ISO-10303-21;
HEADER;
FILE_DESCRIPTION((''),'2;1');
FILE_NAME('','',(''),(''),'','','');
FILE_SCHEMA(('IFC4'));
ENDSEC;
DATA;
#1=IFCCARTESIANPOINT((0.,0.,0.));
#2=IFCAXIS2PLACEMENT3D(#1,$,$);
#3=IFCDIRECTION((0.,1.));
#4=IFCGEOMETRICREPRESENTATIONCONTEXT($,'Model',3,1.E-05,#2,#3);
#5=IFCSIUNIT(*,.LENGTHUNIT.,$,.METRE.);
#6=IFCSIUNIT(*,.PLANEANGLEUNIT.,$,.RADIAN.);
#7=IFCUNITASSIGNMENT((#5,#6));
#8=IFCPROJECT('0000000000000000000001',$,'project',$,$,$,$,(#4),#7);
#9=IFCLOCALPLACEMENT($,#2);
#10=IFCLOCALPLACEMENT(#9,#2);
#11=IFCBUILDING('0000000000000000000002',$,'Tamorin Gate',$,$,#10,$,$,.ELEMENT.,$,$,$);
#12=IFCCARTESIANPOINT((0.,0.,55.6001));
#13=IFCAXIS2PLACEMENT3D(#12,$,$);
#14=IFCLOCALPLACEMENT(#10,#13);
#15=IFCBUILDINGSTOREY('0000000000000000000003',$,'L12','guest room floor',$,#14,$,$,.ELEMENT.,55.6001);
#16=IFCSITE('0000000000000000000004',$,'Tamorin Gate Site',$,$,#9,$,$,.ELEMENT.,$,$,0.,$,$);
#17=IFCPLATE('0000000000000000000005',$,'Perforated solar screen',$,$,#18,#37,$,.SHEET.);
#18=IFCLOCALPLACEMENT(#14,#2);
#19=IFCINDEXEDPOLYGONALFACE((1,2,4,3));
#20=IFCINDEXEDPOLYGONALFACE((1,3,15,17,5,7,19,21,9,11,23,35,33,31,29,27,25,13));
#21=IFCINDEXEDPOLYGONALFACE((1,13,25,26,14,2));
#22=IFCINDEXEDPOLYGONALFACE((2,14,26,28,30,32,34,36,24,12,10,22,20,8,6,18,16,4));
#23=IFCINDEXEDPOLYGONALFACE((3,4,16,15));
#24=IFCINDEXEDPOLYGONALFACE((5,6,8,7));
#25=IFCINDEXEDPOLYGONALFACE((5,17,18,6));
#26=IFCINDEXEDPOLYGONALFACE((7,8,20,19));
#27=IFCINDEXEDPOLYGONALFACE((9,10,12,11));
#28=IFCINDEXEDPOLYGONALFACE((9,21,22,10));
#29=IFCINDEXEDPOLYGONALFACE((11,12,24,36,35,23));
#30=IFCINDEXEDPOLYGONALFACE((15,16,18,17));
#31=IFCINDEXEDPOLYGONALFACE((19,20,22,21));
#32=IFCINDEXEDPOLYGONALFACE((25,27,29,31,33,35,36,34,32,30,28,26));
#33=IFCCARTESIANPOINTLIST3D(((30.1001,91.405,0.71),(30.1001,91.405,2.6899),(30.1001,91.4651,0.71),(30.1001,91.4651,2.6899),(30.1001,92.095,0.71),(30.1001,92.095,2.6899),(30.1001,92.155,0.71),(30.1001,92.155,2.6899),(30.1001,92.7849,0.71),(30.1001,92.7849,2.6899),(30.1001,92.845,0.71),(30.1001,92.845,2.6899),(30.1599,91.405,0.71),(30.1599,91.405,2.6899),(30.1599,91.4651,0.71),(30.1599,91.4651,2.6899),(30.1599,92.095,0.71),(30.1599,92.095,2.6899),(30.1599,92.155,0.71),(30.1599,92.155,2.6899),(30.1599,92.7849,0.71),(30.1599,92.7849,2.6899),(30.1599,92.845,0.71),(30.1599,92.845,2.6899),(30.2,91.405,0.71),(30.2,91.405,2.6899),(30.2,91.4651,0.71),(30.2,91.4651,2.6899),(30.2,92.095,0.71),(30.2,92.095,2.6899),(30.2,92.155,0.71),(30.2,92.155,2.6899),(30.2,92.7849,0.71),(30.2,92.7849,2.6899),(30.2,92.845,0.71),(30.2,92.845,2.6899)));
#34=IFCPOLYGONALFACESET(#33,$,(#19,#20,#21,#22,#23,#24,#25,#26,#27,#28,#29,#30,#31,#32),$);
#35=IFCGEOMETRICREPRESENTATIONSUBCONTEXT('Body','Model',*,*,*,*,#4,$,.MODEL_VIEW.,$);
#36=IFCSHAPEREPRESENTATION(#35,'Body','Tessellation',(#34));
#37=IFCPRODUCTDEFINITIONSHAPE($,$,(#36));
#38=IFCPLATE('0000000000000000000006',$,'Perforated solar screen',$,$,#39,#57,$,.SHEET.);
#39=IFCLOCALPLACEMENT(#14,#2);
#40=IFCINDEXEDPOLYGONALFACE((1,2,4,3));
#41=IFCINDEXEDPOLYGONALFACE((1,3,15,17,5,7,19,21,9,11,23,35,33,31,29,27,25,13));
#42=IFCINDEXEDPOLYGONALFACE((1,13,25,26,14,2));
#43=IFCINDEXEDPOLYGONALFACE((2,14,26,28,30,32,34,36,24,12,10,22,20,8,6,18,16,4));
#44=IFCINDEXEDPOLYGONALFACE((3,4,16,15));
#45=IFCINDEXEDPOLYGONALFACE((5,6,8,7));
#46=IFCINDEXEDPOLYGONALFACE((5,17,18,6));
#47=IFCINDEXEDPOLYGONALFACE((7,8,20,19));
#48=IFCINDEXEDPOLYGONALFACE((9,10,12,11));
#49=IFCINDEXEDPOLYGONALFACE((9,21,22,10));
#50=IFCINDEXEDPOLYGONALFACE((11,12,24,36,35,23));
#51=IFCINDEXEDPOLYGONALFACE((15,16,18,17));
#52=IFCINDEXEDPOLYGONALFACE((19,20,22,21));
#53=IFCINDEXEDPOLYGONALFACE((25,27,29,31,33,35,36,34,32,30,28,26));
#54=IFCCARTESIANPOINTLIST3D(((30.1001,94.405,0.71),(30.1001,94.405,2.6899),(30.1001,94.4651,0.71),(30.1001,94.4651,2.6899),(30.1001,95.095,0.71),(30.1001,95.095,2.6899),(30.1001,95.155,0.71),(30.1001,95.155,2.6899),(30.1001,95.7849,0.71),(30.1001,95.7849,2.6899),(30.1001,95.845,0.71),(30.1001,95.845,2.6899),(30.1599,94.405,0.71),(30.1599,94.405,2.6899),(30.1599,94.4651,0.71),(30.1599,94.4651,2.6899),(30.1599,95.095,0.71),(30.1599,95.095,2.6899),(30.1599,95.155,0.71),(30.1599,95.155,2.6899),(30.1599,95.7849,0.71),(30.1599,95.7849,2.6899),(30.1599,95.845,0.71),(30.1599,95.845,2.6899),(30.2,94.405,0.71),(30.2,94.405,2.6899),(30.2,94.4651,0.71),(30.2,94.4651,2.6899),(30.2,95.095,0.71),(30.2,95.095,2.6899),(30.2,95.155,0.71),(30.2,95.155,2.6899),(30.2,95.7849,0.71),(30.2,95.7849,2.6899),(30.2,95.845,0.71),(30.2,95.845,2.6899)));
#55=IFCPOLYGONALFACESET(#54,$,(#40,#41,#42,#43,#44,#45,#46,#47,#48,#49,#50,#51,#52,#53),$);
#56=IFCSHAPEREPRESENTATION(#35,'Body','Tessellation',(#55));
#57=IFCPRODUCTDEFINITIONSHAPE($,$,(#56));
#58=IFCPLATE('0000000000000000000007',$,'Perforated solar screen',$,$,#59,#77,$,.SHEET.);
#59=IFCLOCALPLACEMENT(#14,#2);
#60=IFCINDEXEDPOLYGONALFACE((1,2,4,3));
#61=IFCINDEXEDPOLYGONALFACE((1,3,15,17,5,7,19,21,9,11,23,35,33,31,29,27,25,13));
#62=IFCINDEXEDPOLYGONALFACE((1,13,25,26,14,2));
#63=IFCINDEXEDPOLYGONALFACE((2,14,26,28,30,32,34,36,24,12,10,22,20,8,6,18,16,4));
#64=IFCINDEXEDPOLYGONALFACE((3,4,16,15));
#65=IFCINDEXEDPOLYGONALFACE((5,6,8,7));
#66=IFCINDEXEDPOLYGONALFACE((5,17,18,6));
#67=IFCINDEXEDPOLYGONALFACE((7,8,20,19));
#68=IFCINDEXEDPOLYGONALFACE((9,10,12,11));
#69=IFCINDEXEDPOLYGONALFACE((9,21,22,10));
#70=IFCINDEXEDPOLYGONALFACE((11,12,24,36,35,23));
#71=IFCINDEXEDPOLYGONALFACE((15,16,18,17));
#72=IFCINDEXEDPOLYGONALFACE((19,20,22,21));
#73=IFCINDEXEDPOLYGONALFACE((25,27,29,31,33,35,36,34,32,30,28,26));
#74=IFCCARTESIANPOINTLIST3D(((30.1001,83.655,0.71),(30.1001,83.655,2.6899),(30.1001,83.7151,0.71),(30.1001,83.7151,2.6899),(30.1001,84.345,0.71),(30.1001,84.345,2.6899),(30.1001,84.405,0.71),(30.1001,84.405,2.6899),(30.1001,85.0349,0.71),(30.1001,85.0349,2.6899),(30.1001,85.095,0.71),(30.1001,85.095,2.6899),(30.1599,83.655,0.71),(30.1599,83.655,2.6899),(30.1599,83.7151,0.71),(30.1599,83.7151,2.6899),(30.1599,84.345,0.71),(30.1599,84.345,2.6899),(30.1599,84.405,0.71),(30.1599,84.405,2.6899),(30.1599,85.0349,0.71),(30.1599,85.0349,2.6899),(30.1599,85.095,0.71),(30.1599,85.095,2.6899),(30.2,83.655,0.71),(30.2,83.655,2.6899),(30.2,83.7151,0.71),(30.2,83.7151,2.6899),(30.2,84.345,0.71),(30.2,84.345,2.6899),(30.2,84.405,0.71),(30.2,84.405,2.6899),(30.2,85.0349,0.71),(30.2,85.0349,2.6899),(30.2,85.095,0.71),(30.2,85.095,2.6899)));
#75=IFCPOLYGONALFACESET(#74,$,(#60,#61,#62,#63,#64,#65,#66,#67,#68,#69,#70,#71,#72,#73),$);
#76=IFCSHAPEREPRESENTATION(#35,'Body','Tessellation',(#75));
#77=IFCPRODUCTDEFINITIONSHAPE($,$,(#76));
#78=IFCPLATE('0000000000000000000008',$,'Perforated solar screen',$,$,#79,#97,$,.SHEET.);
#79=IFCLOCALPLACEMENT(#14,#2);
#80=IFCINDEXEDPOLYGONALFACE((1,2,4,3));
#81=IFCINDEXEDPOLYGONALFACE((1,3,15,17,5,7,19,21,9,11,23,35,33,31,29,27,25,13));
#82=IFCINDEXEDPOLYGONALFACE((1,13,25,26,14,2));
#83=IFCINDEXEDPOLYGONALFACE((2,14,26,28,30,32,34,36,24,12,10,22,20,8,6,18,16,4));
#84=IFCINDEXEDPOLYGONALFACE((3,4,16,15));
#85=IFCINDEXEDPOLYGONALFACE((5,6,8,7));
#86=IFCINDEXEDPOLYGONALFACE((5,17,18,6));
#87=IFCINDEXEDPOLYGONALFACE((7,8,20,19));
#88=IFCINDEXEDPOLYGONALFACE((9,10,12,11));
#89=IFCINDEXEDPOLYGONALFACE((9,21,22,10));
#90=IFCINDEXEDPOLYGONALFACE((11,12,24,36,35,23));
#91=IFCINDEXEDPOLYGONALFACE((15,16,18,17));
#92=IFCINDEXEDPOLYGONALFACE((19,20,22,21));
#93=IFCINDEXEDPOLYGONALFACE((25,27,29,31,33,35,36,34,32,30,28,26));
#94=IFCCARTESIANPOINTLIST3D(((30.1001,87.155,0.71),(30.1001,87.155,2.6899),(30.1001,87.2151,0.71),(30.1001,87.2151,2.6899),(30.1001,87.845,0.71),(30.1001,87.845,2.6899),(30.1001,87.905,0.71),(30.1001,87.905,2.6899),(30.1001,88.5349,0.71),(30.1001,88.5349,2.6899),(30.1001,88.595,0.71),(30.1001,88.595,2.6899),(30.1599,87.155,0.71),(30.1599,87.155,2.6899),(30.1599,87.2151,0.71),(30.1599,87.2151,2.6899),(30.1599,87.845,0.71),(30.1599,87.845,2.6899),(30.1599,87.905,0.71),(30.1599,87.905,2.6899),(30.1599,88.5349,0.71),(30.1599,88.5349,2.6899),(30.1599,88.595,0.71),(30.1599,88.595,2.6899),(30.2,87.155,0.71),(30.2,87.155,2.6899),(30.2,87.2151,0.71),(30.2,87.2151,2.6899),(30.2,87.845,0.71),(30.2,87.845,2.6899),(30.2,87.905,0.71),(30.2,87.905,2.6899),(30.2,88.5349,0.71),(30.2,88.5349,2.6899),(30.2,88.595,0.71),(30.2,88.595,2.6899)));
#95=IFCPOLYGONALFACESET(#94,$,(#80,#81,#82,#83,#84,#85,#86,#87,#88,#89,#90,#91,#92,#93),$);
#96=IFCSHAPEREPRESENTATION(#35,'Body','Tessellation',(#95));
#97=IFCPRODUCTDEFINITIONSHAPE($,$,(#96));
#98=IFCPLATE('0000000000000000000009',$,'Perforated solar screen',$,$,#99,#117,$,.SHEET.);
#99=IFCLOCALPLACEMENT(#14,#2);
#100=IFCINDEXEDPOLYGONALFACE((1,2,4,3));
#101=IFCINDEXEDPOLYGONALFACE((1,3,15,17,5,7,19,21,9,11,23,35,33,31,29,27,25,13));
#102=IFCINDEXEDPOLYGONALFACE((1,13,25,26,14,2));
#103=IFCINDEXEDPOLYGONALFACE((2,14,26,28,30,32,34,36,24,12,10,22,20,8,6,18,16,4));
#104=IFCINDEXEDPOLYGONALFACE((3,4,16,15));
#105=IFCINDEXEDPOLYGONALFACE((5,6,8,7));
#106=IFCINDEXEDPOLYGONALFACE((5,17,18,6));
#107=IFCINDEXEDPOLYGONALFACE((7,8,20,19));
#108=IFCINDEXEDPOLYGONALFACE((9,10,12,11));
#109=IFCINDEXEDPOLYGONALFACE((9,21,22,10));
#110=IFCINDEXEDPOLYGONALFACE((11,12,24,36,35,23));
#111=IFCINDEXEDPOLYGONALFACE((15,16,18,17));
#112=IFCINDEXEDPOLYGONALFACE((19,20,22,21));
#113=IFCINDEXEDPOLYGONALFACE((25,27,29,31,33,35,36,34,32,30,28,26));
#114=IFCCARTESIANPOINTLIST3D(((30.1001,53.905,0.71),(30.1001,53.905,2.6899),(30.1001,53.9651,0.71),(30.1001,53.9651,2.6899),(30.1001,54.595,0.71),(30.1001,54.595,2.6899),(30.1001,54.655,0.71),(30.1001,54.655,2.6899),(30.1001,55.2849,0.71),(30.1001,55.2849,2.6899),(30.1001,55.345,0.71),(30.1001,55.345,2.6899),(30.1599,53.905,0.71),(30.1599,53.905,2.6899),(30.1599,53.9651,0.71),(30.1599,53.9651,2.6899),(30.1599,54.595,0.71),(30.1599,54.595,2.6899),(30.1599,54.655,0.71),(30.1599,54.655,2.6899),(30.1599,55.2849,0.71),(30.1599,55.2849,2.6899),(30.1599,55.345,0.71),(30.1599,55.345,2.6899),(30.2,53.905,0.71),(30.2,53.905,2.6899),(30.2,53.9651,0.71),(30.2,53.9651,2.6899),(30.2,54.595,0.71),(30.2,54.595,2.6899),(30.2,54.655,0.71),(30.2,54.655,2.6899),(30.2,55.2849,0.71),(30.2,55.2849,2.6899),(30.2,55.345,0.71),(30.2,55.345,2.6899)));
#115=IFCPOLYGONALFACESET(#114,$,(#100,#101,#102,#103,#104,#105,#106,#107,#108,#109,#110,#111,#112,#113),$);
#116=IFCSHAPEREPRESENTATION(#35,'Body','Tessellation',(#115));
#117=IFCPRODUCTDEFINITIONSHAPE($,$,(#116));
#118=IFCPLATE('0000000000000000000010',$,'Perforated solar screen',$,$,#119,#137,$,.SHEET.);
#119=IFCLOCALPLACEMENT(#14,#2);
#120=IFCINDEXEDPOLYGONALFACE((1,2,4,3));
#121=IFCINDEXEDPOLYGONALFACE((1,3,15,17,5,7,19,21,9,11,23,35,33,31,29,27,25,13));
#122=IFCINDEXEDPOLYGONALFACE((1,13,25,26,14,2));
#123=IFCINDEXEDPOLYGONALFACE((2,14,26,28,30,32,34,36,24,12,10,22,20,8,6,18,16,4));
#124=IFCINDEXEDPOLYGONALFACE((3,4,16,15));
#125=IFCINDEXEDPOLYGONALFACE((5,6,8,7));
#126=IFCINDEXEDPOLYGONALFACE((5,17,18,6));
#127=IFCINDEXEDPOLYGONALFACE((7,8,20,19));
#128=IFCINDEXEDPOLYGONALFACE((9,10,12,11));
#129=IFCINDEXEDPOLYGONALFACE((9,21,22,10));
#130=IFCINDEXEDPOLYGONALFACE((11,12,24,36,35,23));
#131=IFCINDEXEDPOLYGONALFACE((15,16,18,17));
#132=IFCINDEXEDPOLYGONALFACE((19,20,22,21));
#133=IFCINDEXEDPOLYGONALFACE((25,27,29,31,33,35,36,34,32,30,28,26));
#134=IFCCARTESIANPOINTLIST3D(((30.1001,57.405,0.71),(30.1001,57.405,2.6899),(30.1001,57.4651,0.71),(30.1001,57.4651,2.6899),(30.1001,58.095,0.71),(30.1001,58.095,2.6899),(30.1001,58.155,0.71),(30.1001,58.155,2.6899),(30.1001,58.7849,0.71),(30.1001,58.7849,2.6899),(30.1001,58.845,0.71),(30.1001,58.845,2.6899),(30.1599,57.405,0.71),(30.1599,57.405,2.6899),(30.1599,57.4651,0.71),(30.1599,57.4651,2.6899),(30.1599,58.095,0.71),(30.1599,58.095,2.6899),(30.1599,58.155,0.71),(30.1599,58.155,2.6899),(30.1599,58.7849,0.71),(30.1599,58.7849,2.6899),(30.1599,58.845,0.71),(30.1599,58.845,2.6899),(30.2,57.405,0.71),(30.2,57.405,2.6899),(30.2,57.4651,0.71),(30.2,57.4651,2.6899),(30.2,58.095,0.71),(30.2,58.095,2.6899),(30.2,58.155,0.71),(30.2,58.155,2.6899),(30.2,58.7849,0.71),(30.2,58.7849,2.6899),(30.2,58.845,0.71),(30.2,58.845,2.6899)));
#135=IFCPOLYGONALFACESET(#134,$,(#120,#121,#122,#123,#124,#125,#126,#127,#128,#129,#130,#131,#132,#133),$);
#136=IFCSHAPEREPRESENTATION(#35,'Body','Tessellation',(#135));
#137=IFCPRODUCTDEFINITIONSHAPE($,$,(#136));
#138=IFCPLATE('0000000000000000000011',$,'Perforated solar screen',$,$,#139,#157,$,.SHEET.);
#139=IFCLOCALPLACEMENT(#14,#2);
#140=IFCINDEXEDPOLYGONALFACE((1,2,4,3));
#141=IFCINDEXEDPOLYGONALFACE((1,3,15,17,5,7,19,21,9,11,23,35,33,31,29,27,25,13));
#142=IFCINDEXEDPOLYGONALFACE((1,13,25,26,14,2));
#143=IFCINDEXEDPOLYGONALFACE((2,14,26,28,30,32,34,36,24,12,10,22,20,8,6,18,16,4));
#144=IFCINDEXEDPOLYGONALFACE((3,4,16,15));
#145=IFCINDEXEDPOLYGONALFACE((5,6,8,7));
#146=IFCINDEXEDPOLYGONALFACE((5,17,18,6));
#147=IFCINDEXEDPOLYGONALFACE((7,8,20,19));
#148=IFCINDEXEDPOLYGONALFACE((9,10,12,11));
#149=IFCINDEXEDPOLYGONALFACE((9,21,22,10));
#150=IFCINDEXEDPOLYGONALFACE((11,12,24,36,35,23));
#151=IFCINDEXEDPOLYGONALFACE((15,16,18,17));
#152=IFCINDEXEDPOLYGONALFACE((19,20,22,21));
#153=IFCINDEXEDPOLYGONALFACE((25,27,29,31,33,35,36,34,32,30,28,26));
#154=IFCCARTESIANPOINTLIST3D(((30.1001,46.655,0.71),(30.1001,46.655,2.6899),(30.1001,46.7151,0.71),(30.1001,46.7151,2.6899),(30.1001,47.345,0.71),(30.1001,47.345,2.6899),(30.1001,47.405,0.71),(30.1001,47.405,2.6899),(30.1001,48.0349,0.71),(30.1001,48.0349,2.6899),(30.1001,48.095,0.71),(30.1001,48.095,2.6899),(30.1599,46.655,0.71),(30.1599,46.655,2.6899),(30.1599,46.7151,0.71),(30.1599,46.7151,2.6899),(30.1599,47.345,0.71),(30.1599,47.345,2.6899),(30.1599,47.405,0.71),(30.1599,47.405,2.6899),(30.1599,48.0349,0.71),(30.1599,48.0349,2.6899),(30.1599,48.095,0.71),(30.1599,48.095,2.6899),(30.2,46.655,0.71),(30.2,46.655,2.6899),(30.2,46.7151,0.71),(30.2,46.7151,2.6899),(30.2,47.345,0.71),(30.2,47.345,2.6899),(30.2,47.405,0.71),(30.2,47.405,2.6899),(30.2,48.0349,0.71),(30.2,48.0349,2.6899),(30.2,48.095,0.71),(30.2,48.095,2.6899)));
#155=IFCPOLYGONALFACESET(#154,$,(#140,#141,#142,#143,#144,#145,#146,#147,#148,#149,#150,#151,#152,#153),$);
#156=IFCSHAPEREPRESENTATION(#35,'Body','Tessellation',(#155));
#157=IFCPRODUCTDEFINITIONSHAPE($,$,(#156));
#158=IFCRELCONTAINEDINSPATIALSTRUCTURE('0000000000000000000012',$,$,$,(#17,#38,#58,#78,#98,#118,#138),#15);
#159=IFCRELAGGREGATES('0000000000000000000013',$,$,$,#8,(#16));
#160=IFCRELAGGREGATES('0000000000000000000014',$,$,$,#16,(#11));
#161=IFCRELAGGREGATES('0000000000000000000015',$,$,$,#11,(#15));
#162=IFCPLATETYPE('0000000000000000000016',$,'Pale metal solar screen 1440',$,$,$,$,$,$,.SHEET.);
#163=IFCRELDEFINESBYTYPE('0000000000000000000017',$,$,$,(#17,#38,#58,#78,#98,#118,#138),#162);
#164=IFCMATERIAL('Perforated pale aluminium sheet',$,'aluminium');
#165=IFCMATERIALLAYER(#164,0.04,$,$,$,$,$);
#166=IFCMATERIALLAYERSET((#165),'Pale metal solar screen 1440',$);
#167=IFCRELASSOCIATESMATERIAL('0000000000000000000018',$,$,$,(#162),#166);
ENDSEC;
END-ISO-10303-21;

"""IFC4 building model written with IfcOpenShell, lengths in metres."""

from ifc_helpers import new_model, si_unit, direction, frame, origin, place, context, subcontext, project, spatial, polyline, outline, extrude, material, layer, layer_set, type_object, element, save


model = new_model("IFC4")

# Units and contexts
model_context = context("Model", 3, precision=1e-05, world=origin(), true_north=direction((0.0, 1.0)))
body_context = subcontext(model_context, "Body", "Model", "MODEL_VIEW")
ifc_project = project(units=[si_unit("LENGTHUNIT", "METRE"), si_unit("PLANEANGLEUNIT", "RADIAN")], contexts=[model_context])

# Site, building, storey
site_placement = place(None, origin())
site = spatial("IfcSite", under=ifc_project, at=site_placement, Name="Tamorin Gate Site", CompositionType="ELEMENT", RefElevation=0.0)
building_placement = place(site_placement, origin())
building = spatial("IfcBuilding", under=site, at=building_placement, Name="Tamorin Gate", CompositionType="ELEMENT")
storey_placement = place(building_placement, frame((0.0, 0.0, 55.6001)))
storey = spatial("IfcBuildingStorey", under=building, at=storey_placement, Name="L12", Description="guest room floor", CompositionType="ELEMENT", Elevation=55.6001)

# Plates
ifc_material_1 = material(Name="Perforated pale aluminium sheet", Category="aluminium")
ifc_layer_1 = layer(ifc_material_1, 0.04)
ifc_layer_set_1 = layer_set([ifc_layer_1], Name="Pale metal solar screen 1440")
plate_type = type_object("IfcPlateType", Name="Pale metal solar screen 1440", PredefinedType="SHEET", material=ifc_layer_set_1)
plate_1_placement = place(storey_placement, frame((0.0, 0.0, 0.71)))
element("IfcPlate", 1, at=plate_1_placement, inside=storey, type_object=plate_type, Name="Perforated solar screen", PredefinedType="SHEET", context=body_context, shape_type="SweptSolid", body=[
    extrude(outline(polyline([(30.1599, 92.845), (30.2, 92.845), (30.2, 92.7849), (30.2, 92.155), (30.2, 92.095), (30.2, 91.4651), (30.2, 91.405), (30.1599, 91.405), (30.1001, 91.405), (30.1001, 91.4651), (30.1599, 91.4651), (30.1599, 92.095), (30.1001, 92.095), (30.1001, 92.155), (30.1599, 92.155), (30.1599, 92.7849), (30.1001, 92.7849), (30.1001, 92.845), (30.1599, 92.845)])), origin(), (0.0, 0.0, 1.0), 1.98),
])
plate_2_placement = place(storey_placement, frame((0.0, 0.0, 0.71)))
element("IfcPlate", 2, at=plate_2_placement, inside=storey, type_object=plate_type, Name="Perforated solar screen", PredefinedType="SHEET", context=body_context, shape_type="SweptSolid", body=[
    extrude(outline(polyline([(30.1599, 95.845), (30.2, 95.845), (30.2, 95.7849), (30.2, 95.155), (30.2, 95.095), (30.2, 94.4651), (30.2, 94.405), (30.2, 94.405), (30.1599, 94.405), (30.1599, 94.405), (30.1001, 94.405), (30.1001, 94.4651), (30.1599, 94.4651), (30.1599, 95.095), (30.1001, 95.095), (30.1001, 95.155), (30.1599, 95.155), (30.1599, 95.7849), (30.1001, 95.7849), (30.1001, 95.845), (30.1599, 95.845)])), origin(), (0.0, 0.0, 1.0), 1.98),
])
plate_3_placement = place(storey_placement, frame((0.0, 0.0, 0.71)))
element("IfcPlate", 3, at=plate_3_placement, inside=storey, type_object=plate_type, Name="Perforated solar screen", PredefinedType="SHEET", context=body_context, shape_type="SweptSolid", body=[
    extrude(outline(polyline([(30.1599, 85.095), (30.2, 85.095), (30.2, 85.0349), (30.2, 84.405), (30.2, 84.345), (30.2, 83.7151), (30.2, 83.655), (30.1599, 83.655), (30.1001, 83.655), (30.1001, 83.7151), (30.1599, 83.7151), (30.1599, 84.345), (30.1001, 84.345), (30.1001, 84.405), (30.1599, 84.405), (30.1599, 85.0349), (30.1001, 85.0349), (30.1001, 85.095), (30.1599, 85.095)])), origin(), (0.0, 0.0, 1.0), 1.98),
])
plate_4_placement = place(storey_placement, frame((0.0, 0.0, 0.71)))
element("IfcPlate", 4, at=plate_4_placement, inside=storey, type_object=plate_type, Name="Perforated solar screen", PredefinedType="SHEET", context=body_context, shape_type="SweptSolid", body=[
    extrude(outline(polyline([(30.1599, 88.595), (30.2, 88.595), (30.2, 88.5349), (30.2, 87.905), (30.2, 87.845), (30.2, 87.2151), (30.2, 87.155), (30.1599, 87.155), (30.1001, 87.155), (30.1001, 87.2151), (30.1599, 87.2151), (30.1599, 87.845), (30.1001, 87.845), (30.1001, 87.905), (30.1599, 87.905), (30.1599, 88.5349), (30.1001, 88.5349), (30.1001, 88.595), (30.1599, 88.595)])), origin(), (0.0, 0.0, 1.0), 1.98),
])
plate_5_placement = place(storey_placement, frame((0.0, 0.0, 0.71)))
element("IfcPlate", 5, at=plate_5_placement, inside=storey, type_object=plate_type, Name="Perforated solar screen", PredefinedType="SHEET", context=body_context, shape_type="SweptSolid", body=[
    extrude(outline(polyline([(30.1599, 55.345), (30.2, 55.345), (30.2, 55.2849), (30.2, 54.655), (30.2, 54.595), (30.2, 53.9651), (30.2, 53.905), (30.1599, 53.905), (30.1001, 53.905), (30.1001, 53.9651), (30.1599, 53.9651), (30.1599, 54.595), (30.1001, 54.595), (30.1001, 54.655), (30.1599, 54.655), (30.1599, 55.2849), (30.1001, 55.2849), (30.1001, 55.345), (30.1599, 55.345)])), origin(), (0.0, 0.0, 1.0), 1.98),
])
plate_6_placement = place(storey_placement, frame((0.0, 0.0, 0.71)))
element("IfcPlate", 6, at=plate_6_placement, inside=storey, type_object=plate_type, Name="Perforated solar screen", PredefinedType="SHEET", context=body_context, shape_type="SweptSolid", body=[
    extrude(outline(polyline([(30.1599, 58.845), (30.2, 58.845), (30.2, 58.7849), (30.2, 58.155), (30.2, 58.095), (30.2, 57.4651), (30.2, 57.405), (30.1599, 57.405), (30.1001, 57.405), (30.1001, 57.4651), (30.1599, 57.4651), (30.1599, 58.095), (30.1001, 58.095), (30.1001, 58.155), (30.1599, 58.155), (30.1599, 58.7849), (30.1001, 58.7849), (30.1001, 58.845), (30.1599, 58.845)])), origin(), (0.0, 0.0, 1.0), 1.98),
])
plate_7_placement = place(storey_placement, frame((0.0, 0.0, 0.71)))
element("IfcPlate", 7, at=plate_7_placement, inside=storey, type_object=plate_type, Name="Perforated solar screen", PredefinedType="SHEET", context=body_context, shape_type="SweptSolid", body=[
    extrude(outline(polyline([(30.1599, 48.095), (30.2, 48.095), (30.2, 48.0349), (30.2, 47.405), (30.2, 47.345), (30.2, 46.7151), (30.2, 46.655), (30.1599, 46.655), (30.1001, 46.655), (30.1001, 46.7151), (30.1599, 46.7151), (30.1599, 47.345), (30.1001, 47.345), (30.1001, 47.405), (30.1599, 47.405), (30.1599, 48.0349), (30.1001, 48.0349), (30.1001, 48.095), (30.1599, 48.095)])), origin(), (0.0, 0.0, 1.0), 1.98),
])

save(model, "model.ifc")
